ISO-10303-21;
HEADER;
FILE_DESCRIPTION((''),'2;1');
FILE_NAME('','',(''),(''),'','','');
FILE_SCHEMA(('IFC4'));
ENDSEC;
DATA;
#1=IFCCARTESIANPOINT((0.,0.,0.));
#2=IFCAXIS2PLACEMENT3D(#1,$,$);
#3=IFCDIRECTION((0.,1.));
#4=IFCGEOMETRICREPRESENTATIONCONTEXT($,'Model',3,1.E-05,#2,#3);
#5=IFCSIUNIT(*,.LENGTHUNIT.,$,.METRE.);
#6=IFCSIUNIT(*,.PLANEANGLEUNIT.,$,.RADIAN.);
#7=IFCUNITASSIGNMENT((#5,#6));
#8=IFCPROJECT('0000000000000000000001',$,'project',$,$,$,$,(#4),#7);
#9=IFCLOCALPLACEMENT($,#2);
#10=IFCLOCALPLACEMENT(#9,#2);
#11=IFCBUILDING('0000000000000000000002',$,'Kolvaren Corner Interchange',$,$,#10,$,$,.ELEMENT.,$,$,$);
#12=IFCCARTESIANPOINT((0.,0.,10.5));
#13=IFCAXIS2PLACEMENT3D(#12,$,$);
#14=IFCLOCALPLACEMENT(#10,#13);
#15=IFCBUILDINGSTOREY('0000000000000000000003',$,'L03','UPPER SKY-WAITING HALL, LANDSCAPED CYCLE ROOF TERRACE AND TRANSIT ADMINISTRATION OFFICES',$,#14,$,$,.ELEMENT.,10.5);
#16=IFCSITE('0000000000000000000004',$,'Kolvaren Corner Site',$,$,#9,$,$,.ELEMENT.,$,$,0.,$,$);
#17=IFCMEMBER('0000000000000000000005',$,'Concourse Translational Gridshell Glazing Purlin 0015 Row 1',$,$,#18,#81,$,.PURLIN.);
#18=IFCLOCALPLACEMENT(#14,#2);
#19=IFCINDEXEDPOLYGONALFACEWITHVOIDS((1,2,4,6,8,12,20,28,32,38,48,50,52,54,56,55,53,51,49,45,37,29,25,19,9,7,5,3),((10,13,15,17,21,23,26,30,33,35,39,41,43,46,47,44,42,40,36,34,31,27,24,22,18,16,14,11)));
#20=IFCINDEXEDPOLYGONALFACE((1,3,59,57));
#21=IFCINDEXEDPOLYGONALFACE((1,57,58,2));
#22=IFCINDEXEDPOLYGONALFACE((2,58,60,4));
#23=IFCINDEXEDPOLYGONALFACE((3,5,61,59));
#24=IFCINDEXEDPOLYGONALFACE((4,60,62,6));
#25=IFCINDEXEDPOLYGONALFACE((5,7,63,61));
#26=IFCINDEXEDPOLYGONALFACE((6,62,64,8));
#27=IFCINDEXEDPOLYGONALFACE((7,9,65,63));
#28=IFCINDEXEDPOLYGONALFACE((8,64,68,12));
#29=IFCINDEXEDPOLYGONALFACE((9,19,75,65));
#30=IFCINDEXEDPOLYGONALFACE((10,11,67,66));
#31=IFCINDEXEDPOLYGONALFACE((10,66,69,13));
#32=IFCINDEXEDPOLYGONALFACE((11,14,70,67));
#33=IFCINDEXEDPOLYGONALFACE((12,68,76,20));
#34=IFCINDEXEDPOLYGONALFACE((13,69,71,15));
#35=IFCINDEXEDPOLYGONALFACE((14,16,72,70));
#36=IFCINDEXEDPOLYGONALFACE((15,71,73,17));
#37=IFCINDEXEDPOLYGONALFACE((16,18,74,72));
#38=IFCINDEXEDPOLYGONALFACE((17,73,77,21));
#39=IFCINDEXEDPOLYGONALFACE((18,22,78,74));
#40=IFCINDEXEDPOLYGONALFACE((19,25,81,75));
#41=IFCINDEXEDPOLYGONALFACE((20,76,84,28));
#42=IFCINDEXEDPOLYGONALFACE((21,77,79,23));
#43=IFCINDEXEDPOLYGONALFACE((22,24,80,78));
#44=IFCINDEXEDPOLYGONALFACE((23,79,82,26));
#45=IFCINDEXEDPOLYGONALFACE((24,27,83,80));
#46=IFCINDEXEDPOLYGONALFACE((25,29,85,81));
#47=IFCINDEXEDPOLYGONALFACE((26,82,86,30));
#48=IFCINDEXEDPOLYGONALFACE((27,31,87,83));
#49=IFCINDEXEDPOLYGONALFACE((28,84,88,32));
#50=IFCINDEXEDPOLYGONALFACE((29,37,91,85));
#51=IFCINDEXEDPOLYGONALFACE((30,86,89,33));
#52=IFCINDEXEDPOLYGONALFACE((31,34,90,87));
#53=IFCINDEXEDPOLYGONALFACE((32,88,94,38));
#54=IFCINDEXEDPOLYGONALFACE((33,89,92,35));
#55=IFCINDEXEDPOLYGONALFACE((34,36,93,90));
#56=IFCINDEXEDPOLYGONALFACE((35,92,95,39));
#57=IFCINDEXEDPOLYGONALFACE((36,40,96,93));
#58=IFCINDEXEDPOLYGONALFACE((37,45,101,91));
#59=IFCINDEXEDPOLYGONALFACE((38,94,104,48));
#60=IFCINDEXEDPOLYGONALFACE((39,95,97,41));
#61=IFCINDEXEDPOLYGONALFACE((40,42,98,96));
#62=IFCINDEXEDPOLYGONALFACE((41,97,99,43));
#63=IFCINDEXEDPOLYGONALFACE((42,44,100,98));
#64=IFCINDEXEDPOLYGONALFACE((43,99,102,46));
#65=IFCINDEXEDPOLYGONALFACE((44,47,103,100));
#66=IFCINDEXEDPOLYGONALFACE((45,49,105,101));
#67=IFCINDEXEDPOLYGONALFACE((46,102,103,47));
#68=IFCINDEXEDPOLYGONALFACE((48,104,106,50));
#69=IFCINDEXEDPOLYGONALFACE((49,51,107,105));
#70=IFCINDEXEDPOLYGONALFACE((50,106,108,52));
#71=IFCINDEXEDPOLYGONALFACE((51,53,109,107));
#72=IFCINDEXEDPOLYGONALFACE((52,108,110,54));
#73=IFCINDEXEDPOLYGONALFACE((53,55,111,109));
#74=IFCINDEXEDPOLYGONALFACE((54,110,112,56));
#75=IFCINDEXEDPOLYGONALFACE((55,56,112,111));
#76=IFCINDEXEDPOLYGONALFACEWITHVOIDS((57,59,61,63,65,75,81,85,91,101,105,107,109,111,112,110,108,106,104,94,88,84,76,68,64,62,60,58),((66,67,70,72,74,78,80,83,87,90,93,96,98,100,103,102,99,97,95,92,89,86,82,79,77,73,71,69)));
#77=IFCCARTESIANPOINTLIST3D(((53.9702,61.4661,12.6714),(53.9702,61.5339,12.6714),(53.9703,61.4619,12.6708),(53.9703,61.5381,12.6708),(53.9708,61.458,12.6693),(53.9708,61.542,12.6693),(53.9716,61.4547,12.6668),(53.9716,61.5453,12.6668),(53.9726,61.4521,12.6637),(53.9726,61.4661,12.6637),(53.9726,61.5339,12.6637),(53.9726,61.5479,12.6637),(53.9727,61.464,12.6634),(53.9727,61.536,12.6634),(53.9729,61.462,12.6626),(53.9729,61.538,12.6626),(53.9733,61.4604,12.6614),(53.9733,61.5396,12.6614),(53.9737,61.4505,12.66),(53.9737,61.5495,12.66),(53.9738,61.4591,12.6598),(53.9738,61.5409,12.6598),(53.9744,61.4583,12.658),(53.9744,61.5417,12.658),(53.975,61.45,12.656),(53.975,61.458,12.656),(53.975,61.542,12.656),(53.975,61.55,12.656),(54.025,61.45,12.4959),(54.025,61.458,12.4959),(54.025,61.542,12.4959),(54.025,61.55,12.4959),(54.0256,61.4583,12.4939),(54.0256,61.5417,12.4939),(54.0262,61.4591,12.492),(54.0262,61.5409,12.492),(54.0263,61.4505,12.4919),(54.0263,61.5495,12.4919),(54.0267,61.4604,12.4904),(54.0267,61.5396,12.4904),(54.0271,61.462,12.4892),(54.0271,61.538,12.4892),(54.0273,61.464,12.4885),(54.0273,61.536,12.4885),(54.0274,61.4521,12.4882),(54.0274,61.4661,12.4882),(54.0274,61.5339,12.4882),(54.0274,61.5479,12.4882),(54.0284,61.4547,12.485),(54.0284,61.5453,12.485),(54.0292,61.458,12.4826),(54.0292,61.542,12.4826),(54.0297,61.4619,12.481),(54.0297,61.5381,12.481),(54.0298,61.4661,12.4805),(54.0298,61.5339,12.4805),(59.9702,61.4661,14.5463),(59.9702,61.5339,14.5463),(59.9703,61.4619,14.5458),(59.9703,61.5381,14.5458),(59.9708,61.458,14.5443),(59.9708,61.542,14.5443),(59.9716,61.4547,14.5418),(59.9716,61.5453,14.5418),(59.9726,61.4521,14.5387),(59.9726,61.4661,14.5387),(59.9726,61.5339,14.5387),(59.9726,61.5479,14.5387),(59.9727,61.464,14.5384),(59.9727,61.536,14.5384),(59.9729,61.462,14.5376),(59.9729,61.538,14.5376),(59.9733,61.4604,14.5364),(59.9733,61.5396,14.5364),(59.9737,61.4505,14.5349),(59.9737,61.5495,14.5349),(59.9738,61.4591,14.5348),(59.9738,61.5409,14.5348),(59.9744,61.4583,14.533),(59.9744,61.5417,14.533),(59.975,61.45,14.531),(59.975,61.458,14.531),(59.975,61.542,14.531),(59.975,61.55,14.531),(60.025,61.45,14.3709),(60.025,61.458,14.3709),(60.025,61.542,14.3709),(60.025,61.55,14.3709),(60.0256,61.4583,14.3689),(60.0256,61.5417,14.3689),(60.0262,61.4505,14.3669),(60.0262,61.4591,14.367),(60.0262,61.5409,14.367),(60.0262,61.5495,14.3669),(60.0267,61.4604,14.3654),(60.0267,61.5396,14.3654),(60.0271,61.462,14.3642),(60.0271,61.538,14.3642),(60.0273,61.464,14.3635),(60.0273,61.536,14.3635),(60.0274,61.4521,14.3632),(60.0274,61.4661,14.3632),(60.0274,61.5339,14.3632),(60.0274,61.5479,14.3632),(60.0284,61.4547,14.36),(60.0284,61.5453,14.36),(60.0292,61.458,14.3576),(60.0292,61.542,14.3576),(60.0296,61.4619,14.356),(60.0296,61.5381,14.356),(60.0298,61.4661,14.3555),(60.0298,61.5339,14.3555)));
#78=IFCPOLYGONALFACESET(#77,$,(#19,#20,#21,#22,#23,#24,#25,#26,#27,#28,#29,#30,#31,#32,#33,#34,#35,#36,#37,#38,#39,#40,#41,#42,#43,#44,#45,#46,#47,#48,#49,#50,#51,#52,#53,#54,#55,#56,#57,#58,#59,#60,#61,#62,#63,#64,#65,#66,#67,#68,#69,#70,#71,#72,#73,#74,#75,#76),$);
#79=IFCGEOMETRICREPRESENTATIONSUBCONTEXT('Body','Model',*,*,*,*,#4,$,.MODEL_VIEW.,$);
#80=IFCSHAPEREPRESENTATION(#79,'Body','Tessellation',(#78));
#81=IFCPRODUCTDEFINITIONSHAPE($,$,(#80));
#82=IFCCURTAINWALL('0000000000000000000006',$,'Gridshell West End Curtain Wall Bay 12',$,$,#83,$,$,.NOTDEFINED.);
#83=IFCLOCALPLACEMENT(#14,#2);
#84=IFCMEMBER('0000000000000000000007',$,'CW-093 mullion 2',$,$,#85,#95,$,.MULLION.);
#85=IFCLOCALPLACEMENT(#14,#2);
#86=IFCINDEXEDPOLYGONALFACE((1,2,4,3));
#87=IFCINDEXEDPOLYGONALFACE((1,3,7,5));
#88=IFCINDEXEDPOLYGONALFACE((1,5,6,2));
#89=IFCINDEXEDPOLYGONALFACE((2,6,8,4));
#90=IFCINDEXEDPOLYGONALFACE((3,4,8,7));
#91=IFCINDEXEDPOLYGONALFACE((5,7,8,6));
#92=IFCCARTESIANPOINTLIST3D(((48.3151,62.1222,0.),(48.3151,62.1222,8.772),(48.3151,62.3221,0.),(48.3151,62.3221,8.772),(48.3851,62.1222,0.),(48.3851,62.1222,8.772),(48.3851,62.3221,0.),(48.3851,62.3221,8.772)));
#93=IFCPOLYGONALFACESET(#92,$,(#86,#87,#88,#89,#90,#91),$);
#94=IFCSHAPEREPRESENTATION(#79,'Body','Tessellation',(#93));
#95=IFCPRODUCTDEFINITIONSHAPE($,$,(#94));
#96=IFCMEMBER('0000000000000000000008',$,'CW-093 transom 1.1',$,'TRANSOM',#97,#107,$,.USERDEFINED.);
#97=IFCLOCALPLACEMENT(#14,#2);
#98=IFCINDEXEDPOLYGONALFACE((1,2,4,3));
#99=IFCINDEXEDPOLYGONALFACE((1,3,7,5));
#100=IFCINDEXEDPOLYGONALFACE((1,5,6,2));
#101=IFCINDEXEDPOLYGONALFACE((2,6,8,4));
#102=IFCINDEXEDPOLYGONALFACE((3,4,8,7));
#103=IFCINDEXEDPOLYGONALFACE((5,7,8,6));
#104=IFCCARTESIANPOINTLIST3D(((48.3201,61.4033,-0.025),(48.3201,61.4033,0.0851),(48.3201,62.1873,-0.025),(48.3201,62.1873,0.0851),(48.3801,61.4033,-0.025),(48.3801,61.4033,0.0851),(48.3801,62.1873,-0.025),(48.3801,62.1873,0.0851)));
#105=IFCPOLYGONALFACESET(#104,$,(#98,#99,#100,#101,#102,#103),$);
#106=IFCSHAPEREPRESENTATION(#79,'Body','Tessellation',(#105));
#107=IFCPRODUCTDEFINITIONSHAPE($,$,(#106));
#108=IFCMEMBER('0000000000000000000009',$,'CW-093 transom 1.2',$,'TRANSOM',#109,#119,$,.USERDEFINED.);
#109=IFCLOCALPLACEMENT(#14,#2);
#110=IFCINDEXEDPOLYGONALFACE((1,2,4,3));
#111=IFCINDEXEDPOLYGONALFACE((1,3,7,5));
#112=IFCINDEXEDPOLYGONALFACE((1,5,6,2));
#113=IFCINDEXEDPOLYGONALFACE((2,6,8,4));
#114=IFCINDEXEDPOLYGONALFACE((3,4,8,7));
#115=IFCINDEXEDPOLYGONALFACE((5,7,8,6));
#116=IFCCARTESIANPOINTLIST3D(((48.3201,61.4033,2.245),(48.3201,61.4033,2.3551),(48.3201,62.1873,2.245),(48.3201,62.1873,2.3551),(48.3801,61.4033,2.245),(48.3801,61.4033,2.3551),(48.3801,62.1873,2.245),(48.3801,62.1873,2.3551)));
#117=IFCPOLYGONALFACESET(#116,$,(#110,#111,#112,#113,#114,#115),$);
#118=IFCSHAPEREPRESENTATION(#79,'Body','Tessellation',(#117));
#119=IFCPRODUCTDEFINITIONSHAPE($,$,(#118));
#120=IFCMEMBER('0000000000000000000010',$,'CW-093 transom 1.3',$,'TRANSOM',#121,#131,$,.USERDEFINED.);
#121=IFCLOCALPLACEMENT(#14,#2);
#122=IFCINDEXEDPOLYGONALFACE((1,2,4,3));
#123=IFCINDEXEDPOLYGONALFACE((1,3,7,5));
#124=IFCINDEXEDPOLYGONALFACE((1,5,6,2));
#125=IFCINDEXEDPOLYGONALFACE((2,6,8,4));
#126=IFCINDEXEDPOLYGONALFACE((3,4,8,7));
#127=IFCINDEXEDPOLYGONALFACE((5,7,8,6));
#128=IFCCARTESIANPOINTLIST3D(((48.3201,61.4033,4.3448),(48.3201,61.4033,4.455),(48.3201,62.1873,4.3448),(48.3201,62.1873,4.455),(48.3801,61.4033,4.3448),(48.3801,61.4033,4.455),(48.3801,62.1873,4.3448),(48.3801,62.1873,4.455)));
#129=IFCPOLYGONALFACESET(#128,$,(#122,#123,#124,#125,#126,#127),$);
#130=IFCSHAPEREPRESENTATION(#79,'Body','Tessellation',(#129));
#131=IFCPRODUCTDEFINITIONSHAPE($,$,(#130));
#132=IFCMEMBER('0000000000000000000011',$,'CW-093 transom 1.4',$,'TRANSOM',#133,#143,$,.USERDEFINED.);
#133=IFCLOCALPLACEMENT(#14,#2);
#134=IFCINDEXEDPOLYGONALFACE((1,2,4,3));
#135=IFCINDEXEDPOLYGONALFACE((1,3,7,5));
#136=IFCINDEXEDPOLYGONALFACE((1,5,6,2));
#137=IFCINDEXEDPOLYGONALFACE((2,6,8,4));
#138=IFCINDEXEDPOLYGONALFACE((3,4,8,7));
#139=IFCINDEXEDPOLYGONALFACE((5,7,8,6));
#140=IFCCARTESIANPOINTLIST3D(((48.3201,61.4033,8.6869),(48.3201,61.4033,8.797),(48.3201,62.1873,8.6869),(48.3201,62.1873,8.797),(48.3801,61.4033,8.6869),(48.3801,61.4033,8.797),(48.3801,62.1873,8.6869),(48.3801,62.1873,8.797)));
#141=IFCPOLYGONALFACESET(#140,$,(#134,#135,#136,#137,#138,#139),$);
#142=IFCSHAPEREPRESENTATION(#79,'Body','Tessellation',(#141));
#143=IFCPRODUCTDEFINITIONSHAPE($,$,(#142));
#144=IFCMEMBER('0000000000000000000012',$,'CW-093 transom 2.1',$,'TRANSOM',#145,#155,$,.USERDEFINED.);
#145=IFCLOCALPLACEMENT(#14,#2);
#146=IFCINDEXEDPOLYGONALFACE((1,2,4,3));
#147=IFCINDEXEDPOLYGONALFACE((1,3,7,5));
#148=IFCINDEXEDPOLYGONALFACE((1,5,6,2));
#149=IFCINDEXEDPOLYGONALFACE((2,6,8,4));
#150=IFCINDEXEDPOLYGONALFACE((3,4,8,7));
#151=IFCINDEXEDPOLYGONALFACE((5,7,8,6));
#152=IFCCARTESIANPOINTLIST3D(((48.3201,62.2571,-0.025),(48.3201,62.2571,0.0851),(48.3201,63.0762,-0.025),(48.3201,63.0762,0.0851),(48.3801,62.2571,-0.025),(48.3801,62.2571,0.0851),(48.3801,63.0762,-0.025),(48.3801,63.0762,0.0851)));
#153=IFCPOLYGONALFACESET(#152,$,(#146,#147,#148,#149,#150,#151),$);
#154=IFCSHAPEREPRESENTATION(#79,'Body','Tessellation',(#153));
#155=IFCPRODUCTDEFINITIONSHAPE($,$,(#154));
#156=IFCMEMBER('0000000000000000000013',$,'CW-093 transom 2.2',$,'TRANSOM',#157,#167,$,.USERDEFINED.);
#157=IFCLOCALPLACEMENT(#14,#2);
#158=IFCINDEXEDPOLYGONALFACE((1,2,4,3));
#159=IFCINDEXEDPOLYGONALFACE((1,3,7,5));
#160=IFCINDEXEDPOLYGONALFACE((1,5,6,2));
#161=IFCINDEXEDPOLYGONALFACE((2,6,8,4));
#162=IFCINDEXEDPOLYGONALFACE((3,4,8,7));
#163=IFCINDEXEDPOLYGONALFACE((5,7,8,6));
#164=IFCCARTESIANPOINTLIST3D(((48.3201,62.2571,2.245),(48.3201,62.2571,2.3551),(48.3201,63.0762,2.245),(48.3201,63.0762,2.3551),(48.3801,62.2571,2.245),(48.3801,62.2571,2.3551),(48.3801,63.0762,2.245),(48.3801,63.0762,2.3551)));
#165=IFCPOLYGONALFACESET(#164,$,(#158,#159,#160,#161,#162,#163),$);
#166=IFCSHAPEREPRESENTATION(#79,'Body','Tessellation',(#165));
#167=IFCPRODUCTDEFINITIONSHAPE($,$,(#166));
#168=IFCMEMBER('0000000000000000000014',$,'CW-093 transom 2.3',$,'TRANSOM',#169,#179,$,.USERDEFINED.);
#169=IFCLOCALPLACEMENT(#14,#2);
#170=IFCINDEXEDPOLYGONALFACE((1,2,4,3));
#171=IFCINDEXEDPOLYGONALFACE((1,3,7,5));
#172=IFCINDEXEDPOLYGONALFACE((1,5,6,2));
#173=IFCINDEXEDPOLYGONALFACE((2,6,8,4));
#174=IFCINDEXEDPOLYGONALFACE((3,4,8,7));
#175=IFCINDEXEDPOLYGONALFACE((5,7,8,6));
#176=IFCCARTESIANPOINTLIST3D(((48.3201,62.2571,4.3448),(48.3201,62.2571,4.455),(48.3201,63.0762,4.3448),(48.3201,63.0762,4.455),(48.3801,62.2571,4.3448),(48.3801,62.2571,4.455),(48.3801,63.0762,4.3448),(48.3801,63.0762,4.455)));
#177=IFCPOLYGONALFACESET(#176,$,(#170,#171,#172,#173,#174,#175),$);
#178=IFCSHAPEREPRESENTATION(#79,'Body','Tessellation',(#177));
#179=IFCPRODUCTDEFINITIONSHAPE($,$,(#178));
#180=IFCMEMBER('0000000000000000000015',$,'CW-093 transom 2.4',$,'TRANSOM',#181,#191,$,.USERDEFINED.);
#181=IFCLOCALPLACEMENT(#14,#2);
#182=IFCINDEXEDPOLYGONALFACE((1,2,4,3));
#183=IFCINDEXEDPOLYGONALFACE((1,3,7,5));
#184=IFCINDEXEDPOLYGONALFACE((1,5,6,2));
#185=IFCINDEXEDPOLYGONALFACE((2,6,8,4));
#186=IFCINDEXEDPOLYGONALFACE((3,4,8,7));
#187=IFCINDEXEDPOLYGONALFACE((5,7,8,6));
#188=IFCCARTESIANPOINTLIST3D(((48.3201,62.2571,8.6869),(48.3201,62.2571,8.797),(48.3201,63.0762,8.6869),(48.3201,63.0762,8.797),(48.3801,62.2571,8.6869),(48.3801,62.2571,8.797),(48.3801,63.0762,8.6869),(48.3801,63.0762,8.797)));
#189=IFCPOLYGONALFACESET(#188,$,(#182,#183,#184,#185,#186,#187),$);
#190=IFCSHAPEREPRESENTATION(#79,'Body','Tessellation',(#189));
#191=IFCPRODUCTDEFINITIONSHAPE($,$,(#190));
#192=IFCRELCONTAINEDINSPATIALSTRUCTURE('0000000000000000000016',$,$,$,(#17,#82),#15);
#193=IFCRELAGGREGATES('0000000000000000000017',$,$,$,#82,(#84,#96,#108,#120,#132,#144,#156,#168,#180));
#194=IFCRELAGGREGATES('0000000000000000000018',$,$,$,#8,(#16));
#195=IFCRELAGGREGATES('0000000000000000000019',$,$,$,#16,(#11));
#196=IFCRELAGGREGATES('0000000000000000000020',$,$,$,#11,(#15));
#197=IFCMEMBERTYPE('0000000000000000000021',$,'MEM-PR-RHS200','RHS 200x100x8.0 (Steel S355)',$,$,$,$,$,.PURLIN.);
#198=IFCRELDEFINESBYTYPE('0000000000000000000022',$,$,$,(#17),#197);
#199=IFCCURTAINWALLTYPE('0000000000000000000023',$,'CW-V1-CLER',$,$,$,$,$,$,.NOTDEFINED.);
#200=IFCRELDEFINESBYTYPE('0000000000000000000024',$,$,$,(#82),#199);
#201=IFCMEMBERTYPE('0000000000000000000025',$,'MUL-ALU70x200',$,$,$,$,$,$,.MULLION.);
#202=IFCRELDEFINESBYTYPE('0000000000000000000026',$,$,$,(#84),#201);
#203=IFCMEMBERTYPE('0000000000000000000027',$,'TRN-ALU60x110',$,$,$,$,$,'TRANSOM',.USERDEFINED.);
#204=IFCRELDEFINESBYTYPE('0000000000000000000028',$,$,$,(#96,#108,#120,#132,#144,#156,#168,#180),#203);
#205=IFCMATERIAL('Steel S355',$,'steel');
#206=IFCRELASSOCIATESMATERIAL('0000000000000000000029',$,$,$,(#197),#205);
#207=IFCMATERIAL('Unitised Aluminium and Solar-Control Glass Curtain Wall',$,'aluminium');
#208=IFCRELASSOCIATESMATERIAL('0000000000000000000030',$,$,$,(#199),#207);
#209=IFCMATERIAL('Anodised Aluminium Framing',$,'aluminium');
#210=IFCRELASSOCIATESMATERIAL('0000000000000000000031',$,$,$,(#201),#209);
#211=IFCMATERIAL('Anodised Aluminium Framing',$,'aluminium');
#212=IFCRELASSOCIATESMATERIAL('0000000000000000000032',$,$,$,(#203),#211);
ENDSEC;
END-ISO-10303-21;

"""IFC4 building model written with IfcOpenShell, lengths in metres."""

from ifc_helpers import new_model, si_unit, direction, frame, origin, origin_2d, place, context, subcontext, project, spatial, rectangle, hollow_rectangle, extrude, material, material_profile, profile_set, type_object, element, aggregate, save


model = new_model("IFC4")

# Units and contexts
model_context = context("Model", 3, precision=1e-05, world=origin(), true_north=direction((0.0, 1.0)))
body_context = subcontext(model_context, "Body", "Model", "MODEL_VIEW")
ifc_project = project(units=[si_unit("LENGTHUNIT", "METRE"), si_unit("PLANEANGLEUNIT", "RADIAN")], contexts=[model_context])

# Site, building, storey
site_placement = place(None, origin())
site = spatial("IfcSite", under=ifc_project, at=site_placement, Name="Kolvaren Corner Site", CompositionType="ELEMENT", RefElevation=0.0)
building_placement = place(site_placement, origin())
building = spatial("IfcBuilding", under=site, at=building_placement, Name="Kolvaren Corner Interchange", CompositionType="ELEMENT")
storey_placement = place(building_placement, frame((0.0, 0.0, 10.5)))
storey = spatial("IfcBuildingStorey", under=building, at=storey_placement, Name="L03", Description="UPPER SKY-WAITING HALL, LANDSCAPED CYCLE ROOF TERRACE AND TRANSIT ADMINISTRATION OFFICES", CompositionType="ELEMENT", Elevation=10.5)

# Member
ifc_material_1 = material(Name="Steel S355", Category="steel")
ifc_material_profile_1 = material_profile(ifc_material_1, hollow_rectangle(XDim=0.1001, YDim=0.2, WallThickness=0.0081, InnerFilletRadius=0.0081, OuterFilletRadius=0.0161, at=origin_2d()), Name="RHS 200x100x8.0")
ifc_profile_set_1 = profile_set([ifc_material_profile_1], Name="Steel S355")
member_type_1 = type_object("IfcMemberType", Name="MEM-PR-RHS200", Description="RHS 200x100x8.0 (Steel S355)", PredefinedType="PURLIN", material=ifc_profile_set_1)
for number, where, z_axis, x_axis, name in (
    (1, (54.0, 61.5, 12.5759), (0.95448, 0.0, 0.298275), (0.0, 1.0, 0.0), "Concourse Translational Gridshell Glazing Purlin 0015 Row 1"),
):
    element("IfcMember", number, at=place(storey_placement, frame(where, z_axis=z_axis, x_axis=x_axis)), inside=storey, type_object=member_type_1, Name=name, PredefinedType="PURLIN", context=body_context, shape_type="SweptSolid", body=[
        extrude(hollow_rectangle(XDim=0.1001, YDim=0.2, WallThickness=0.0081, InnerFilletRadius=0.0081, OuterFilletRadius=0.0161, at=origin_2d()), origin(), (0.0, 0.0, 1.0), 6.2861),
    ])

# Curtain wall, members
ifc_material_2 = material(Name="Unitised Aluminium and Solar-Control Glass Curtain Wall", Category="aluminium")
curtain_wall_type = type_object("IfcCurtainWallType", Name="CW-V1-CLER", PredefinedType="NOTDEFINED", material=ifc_material_2)
curtain_wall_placement = place(storey_placement, origin())
curtain_wall = element("IfcCurtainWall", 2, at=curtain_wall_placement, inside=storey, type_object=curtain_wall_type, Name="Gridshell West End Curtain Wall Bay 12", PredefinedType="NOTDEFINED")
ifc_material_3 = material(Name="Anodised Aluminium Framing", Category="aluminium")
ifc_material_profile_2 = material_profile(ifc_material_3, rectangle(XDim=0.0701, YDim=0.2, at=origin_2d()), Name="ALU 70x200")
ifc_profile_set_2 = profile_set([ifc_material_profile_2], Name="Anodised Aluminium Framing")
member_type_2 = type_object("IfcMemberType", Name="MUL-ALU70x200", PredefinedType="MULLION", material=ifc_profile_set_2)
member_1_placement = place(storey_placement, frame((48.3501, 62.2222, 0.0), z_axis=(0.0, 0.0, 1.0), x_axis=(-1.0, 0.0, 0.0)))
member_1 = element("IfcMember", 3, at=member_1_placement, type_object=member_type_2, Name="CW-093 mullion 2", PredefinedType="MULLION", context=body_context, shape_type="SweptSolid", body=[
    extrude(rectangle(XDim=0.0701, YDim=0.2, at=origin_2d()), origin(), (0.0, 0.0, 1.0), 8.772),
])
ifc_material_4 = material(Name="Anodised Aluminium Framing", Category="aluminium")
ifc_material_profile_3 = material_profile(ifc_material_4, rectangle(XDim=0.0601, YDim=0.1101, at=origin_2d()), Name="ALU 60x110")
ifc_profile_set_3 = profile_set([ifc_material_profile_3], Name="Anodised Aluminium Framing")
member_type_3 = type_object("IfcMemberType", Name="TRN-ALU60x110", ElementType="TRANSOM", PredefinedType="USERDEFINED", material=ifc_profile_set_3)
member_2_placement = place(storey_placement, frame((48.3501, 61.4033, 0.03), z_axis=(0.0, 1.0, 0.0), x_axis=(-1.0, 0.0, 0.0)))
member_2 = element("IfcMember", 4, at=member_2_placement, type_object=member_type_3, Name="CW-093 transom 1.1", ObjectType="TRANSOM", PredefinedType="USERDEFINED", context=body_context, shape_type="SweptSolid", body=[
    extrude(rectangle(XDim=0.0601, YDim=0.1101, at=origin_2d()), origin(), (0.0, 0.0, 1.0), 0.7839),
])
member_3_placement = place(storey_placement, frame((48.3501, 61.4033, 2.3), z_axis=(0.0, 1.0, 0.0), x_axis=(-1.0, 0.0, 0.0)))
member_3 = element("IfcMember", 5, at=member_3_placement, type_object=member_type_3, Name="CW-093 transom 1.2", ObjectType="TRANSOM", PredefinedType="USERDEFINED", context=body_context, shape_type="SweptSolid", body=[
    extrude(rectangle(XDim=0.0601, YDim=0.1101, at=origin_2d()), origin(), (0.0, 0.0, 1.0), 0.7839),
])
member_4_placement = place(storey_placement, frame((48.3501, 61.4033, 4.3999), z_axis=(0.0, 1.0, 0.0), x_axis=(-1.0, 0.0, 0.0)))
member_4 = element("IfcMember", 6, at=member_4_placement, type_object=member_type_3, Name="CW-093 transom 1.3", ObjectType="TRANSOM", PredefinedType="USERDEFINED", context=body_context, shape_type="SweptSolid", body=[
    extrude(rectangle(XDim=0.0601, YDim=0.1101, at=origin_2d()), origin(), (0.0, 0.0, 1.0), 0.7839),
])
member_5_placement = place(storey_placement, frame((48.3501, 61.4033, 8.7419), z_axis=(0.0, 1.0, 0.0), x_axis=(-1.0, 0.0, 0.0)))
member_5 = element("IfcMember", 7, at=member_5_placement, type_object=member_type_3, Name="CW-093 transom 1.4", ObjectType="TRANSOM", PredefinedType="USERDEFINED", context=body_context, shape_type="SweptSolid", body=[
    extrude(rectangle(XDim=0.0601, YDim=0.1101, at=origin_2d()), origin(), (0.0, 0.0, 1.0), 0.7839),
])
member_6_placement = place(storey_placement, frame((48.3501, 62.2571, 0.03), z_axis=(0.0, 1.0, 0.0), x_axis=(-1.0, 0.0, 0.0)))
member_6 = element("IfcMember", 8, at=member_6_placement, type_object=member_type_3, Name="CW-093 transom 2.1", ObjectType="TRANSOM", PredefinedType="USERDEFINED", context=body_context, shape_type="SweptSolid", body=[
    extrude(rectangle(XDim=0.0601, YDim=0.1101, at=origin_2d()), origin(), (0.0, 0.0, 1.0), 0.8191),
])
member_7_placement = place(storey_placement, frame((48.3501, 62.2571, 2.3), z_axis=(0.0, 1.0, 0.0), x_axis=(-1.0, 0.0, 0.0)))
member_7 = element("IfcMember", 9, at=member_7_placement, type_object=member_type_3, Name="CW-093 transom 2.2", ObjectType="TRANSOM", PredefinedType="USERDEFINED", context=body_context, shape_type="SweptSolid", body=[
    extrude(rectangle(XDim=0.0601, YDim=0.1101, at=origin_2d()), origin(), (0.0, 0.0, 1.0), 0.8191),
])
member_8_placement = place(storey_placement, frame((48.3501, 62.2571, 4.3999), z_axis=(0.0, 1.0, 0.0), x_axis=(-1.0, 0.0, 0.0)))
member_8 = element("IfcMember", 10, at=member_8_placement, type_object=member_type_3, Name="CW-093 transom 2.3", ObjectType="TRANSOM", PredefinedType="USERDEFINED", context=body_context, shape_type="SweptSolid", body=[
    extrude(rectangle(XDim=0.0601, YDim=0.1101, at=origin_2d()), origin(), (0.0, 0.0, 1.0), 0.8191),
])
member_9_placement = place(storey_placement, frame((48.3501, 62.2571, 8.7419), z_axis=(0.0, 1.0, 0.0), x_axis=(-1.0, 0.0, 0.0)))
member_9 = element("IfcMember", 11, at=member_9_placement, type_object=member_type_3, Name="CW-093 transom 2.4", ObjectType="TRANSOM", PredefinedType="USERDEFINED", context=body_context, shape_type="SweptSolid", body=[
    extrude(rectangle(XDim=0.0601, YDim=0.1101, at=origin_2d()), origin(), (0.0, 0.0, 1.0), 0.8191),
])
aggregate(curtain_wall, [member_1, member_2, member_3, member_4, member_5, member_6, member_7, member_8, member_9])

save(model, "model.ifc")
